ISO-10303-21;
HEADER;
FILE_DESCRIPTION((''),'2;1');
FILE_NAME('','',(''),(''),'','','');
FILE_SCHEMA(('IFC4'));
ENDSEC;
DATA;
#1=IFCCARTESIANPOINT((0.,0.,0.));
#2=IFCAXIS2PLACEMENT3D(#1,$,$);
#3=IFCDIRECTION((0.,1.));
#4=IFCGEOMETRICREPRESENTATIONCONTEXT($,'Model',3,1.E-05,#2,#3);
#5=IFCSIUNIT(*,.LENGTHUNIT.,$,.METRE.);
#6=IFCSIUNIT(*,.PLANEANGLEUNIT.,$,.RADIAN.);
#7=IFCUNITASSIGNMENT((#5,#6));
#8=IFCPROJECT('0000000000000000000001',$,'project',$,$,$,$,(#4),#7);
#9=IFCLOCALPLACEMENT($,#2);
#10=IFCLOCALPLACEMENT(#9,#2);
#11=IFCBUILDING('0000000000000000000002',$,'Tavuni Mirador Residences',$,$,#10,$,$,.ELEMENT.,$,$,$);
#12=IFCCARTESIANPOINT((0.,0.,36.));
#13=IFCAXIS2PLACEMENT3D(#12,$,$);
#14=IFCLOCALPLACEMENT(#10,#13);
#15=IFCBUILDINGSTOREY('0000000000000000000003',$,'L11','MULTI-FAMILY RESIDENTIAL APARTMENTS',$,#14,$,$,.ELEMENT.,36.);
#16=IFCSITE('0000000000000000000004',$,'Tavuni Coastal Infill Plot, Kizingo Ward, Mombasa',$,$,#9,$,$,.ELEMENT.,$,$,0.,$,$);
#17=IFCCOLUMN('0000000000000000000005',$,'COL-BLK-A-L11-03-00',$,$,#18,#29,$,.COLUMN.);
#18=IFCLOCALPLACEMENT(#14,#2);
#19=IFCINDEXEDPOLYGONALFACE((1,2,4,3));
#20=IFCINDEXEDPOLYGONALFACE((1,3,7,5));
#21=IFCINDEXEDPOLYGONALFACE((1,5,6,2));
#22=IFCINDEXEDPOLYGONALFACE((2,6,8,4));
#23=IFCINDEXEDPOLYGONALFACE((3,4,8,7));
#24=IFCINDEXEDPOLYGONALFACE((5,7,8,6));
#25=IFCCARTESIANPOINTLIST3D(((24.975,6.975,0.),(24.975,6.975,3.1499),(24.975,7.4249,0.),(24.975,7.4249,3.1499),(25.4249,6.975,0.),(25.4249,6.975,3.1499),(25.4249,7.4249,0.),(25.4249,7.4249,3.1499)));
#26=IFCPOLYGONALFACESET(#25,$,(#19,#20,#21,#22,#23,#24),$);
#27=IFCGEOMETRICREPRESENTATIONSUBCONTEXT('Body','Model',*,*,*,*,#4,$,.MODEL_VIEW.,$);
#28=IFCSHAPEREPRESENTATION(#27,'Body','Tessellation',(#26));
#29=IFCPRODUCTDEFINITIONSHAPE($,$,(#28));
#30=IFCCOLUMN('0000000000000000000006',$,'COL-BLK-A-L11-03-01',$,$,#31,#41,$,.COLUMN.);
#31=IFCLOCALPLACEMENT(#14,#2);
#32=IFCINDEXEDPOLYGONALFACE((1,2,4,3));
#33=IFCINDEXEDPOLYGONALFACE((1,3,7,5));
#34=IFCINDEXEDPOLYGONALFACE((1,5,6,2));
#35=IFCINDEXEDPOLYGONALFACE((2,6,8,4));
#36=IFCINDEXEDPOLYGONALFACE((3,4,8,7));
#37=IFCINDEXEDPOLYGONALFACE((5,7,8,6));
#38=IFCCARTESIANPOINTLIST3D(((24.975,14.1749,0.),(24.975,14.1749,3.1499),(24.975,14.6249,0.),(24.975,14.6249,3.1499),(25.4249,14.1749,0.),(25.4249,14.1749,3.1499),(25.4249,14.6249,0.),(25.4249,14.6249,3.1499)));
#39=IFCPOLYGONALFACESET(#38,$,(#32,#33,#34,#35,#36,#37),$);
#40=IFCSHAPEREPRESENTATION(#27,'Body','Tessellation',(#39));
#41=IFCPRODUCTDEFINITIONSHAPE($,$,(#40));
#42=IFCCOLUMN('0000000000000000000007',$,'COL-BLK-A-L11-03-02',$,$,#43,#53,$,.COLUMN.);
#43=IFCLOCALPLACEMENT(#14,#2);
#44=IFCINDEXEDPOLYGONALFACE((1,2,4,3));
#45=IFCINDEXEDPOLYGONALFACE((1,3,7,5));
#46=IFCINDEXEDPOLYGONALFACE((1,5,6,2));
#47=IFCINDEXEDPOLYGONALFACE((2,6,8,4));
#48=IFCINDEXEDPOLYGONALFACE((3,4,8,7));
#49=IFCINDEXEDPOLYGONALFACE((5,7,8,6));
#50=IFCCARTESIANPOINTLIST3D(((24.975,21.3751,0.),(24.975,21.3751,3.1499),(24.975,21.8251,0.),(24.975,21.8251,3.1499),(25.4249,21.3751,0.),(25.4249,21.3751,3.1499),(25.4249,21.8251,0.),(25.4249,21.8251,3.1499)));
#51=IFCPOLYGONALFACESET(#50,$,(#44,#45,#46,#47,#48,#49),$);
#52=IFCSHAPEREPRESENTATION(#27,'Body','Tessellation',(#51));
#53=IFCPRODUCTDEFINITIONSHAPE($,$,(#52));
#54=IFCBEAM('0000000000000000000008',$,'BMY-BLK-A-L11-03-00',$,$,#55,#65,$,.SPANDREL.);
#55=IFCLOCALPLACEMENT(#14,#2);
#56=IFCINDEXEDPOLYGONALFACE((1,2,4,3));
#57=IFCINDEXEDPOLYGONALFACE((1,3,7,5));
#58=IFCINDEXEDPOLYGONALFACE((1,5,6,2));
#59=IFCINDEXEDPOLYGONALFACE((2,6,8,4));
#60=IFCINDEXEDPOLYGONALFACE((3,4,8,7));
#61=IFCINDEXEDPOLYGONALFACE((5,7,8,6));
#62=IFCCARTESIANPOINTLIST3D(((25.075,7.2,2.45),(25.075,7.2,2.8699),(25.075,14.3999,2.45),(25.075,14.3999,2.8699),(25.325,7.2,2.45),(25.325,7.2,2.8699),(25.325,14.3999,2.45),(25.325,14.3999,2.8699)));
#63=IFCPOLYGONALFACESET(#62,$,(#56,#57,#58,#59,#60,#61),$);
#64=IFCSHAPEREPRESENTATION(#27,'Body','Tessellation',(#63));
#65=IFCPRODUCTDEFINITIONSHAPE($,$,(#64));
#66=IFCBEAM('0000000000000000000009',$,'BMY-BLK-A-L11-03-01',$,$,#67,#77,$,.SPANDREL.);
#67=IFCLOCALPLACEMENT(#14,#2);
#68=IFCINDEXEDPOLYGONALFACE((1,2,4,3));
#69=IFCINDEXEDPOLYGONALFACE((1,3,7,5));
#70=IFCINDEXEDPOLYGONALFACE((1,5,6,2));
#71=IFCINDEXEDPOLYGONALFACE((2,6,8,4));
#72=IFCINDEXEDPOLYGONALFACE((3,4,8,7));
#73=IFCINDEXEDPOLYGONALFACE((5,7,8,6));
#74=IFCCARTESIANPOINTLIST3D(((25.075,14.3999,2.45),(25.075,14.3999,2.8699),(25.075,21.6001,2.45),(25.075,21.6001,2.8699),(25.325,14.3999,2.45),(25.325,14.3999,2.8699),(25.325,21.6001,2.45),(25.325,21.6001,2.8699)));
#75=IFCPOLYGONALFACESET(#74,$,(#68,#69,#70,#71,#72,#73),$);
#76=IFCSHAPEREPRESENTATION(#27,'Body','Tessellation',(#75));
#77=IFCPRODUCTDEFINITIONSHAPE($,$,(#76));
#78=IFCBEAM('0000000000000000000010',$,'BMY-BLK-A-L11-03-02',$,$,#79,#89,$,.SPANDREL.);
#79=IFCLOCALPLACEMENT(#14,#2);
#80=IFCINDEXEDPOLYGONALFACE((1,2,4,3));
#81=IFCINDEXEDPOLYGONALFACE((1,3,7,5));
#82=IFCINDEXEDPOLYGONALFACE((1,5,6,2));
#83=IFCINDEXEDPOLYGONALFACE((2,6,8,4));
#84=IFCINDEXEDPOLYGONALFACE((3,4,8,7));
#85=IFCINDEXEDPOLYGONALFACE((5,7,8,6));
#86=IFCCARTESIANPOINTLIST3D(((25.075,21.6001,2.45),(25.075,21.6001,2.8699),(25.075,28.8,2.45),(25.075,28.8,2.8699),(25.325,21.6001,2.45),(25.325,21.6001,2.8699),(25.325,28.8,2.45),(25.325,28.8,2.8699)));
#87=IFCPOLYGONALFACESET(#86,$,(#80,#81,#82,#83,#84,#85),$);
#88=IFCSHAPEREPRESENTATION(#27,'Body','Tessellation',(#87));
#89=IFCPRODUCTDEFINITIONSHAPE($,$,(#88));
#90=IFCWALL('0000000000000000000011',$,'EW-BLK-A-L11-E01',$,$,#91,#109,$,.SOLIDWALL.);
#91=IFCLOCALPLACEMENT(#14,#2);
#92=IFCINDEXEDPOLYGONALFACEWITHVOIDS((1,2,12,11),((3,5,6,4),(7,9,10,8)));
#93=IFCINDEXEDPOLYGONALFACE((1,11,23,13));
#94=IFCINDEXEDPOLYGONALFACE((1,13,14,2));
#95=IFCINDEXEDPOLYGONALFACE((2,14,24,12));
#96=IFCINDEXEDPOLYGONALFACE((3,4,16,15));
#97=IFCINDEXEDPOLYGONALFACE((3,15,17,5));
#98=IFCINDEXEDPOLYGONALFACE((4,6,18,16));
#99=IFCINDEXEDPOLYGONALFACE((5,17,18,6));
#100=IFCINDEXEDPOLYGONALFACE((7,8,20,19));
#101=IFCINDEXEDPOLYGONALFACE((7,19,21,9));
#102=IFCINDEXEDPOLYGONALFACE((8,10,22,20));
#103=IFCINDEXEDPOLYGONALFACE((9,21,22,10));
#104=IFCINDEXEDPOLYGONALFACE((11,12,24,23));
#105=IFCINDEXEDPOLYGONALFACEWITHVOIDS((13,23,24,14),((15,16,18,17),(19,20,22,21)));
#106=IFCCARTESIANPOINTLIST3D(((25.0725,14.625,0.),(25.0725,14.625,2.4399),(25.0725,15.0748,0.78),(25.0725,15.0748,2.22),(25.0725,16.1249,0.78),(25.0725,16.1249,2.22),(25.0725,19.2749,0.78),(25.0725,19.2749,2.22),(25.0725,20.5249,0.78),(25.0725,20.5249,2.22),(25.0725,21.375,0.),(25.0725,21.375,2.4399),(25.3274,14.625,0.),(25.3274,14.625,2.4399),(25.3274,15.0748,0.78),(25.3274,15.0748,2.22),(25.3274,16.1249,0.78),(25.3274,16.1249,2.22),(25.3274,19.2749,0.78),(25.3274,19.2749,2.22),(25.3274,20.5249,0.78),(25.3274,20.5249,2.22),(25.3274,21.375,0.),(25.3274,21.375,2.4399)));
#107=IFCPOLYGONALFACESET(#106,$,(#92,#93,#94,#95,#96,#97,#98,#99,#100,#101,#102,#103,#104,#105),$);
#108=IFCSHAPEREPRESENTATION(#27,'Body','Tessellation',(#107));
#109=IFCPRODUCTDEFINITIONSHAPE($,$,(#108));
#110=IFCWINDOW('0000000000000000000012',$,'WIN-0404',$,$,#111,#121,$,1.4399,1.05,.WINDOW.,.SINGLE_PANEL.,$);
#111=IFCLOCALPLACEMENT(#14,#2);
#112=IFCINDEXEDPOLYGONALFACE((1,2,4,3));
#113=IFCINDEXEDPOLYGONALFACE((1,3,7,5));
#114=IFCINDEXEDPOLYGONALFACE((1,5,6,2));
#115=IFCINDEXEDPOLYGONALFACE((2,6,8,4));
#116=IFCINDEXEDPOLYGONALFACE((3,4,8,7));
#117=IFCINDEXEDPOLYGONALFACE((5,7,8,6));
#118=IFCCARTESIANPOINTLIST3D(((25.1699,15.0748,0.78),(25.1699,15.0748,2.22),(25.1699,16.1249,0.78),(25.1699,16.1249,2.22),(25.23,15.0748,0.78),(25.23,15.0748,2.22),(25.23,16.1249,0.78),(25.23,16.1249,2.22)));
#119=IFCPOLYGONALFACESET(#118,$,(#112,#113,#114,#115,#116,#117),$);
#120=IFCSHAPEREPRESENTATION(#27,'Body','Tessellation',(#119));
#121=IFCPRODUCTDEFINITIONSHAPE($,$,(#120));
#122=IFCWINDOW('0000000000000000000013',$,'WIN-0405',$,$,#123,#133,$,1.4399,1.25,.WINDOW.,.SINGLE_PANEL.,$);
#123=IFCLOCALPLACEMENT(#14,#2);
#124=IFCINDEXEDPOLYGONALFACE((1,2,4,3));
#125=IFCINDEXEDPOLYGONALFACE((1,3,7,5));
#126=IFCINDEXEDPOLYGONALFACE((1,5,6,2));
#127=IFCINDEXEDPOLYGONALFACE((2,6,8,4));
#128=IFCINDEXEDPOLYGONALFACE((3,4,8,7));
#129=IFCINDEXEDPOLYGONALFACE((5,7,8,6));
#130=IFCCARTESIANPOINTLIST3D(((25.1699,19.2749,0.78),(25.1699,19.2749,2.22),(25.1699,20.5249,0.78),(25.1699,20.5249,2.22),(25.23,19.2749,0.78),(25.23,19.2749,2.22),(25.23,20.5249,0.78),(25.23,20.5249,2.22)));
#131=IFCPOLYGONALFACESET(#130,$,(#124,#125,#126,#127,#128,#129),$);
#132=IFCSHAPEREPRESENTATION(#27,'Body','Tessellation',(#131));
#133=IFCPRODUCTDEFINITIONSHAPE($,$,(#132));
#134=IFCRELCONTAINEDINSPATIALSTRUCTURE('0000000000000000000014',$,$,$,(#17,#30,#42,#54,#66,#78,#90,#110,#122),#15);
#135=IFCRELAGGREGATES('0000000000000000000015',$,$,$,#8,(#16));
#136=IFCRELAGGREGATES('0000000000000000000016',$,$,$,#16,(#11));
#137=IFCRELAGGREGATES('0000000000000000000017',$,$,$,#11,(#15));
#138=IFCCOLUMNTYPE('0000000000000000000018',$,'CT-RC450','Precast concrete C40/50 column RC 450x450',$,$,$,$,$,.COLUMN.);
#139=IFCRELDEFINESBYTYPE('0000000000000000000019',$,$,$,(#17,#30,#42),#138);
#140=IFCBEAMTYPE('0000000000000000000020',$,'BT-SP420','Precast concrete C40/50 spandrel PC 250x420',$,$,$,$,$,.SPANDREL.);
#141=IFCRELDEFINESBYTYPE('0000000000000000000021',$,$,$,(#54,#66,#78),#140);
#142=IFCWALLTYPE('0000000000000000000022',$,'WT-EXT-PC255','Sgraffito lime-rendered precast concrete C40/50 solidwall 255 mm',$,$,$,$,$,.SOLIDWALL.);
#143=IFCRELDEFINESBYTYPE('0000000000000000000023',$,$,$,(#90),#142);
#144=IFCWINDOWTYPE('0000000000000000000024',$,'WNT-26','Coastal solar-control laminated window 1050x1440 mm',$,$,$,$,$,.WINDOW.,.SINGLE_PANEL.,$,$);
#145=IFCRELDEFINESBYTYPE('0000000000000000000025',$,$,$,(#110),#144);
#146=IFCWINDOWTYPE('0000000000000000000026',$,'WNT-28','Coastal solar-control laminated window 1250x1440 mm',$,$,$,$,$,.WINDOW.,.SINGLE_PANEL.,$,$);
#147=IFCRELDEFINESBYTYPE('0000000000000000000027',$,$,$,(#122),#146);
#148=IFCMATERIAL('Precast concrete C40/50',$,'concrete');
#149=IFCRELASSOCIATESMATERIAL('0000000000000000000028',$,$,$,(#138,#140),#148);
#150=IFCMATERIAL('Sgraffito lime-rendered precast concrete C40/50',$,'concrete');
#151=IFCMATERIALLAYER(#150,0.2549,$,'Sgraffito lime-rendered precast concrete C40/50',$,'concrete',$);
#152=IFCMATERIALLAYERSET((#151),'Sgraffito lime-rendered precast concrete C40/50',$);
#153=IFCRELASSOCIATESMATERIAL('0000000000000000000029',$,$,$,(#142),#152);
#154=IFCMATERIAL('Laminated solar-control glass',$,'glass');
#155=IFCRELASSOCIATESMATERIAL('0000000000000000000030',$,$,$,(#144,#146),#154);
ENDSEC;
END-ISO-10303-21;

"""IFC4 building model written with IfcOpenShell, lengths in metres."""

from ifc_helpers import new_model, si_unit, direction, frame, frame_2d, origin, origin_2d, place, context, subcontext, project, spatial, rectangle, extrude, material, layer, layer_set, material_profile, profile_set, type_object, element, fill, save


model = new_model("IFC4")

# Units and contexts
model_context = context("Model", 3, precision=1e-05, world=origin(), true_north=direction((0.0, 1.0)))
body_context = subcontext(model_context, "Body", "Model", "MODEL_VIEW")
ifc_project = project(units=[si_unit("LENGTHUNIT", "METRE"), si_unit("PLANEANGLEUNIT", "RADIAN")], contexts=[model_context])

# Site, building, storey
site_placement = place(None, origin())
site = spatial("IfcSite", under=ifc_project, at=site_placement, Name="Tavuni Coastal Infill Plot, Kizingo Ward, Mombasa", CompositionType="ELEMENT", RefElevation=0.0)
building_placement = place(site_placement, origin())
building = spatial("IfcBuilding", under=site, at=building_placement, Name="Tavuni Mirador Residences", CompositionType="ELEMENT")
storey_placement = place(building_placement, frame((0.0, 0.0, 36.0)))
storey = spatial("IfcBuildingStorey", under=building, at=storey_placement, Name="L11", Description="MULTI-FAMILY RESIDENTIAL APARTMENTS", CompositionType="ELEMENT", Elevation=36.0)

# Columns
ifc_material_1 = material(Name="Precast concrete C40/50", Category="concrete")
ifc_material_profile_1 = material_profile(ifc_material_1, rectangle(XDim=0.45, YDim=0.45, at=origin_2d()), Name="RC 450x450", Category="concrete")
ifc_profile_set_1 = profile_set([ifc_material_profile_1], Name="Precast concrete C40/50")
column_type = type_object("IfcColumnType", Name="CT-RC450", Description="Precast concrete C40/50 column RC 450x450", PredefinedType="COLUMN", material=ifc_profile_set_1)
for number, where, z_axis, x_axis, name in (
    (1, (25.2, 7.2, 0.0), (0.0, 0.0, 1.0), (1.0, 0.0, 0.0), "COL-BLK-A-L11-03-00"),
    (2, (25.2, 14.3999, 0.0), (0.0, 0.0, 1.0), (1.0, 0.0, 0.0), "COL-BLK-A-L11-03-01"),
    (3, (25.2, 21.6001, 0.0), (0.0, 0.0, 1.0), (1.0, 0.0, 0.0), "COL-BLK-A-L11-03-02"),
):
    element("IfcColumn", number, at=place(storey_placement, frame(where, z_axis=z_axis, x_axis=x_axis)), inside=storey, type_object=column_type, Name=name, PredefinedType="COLUMN", context=body_context, shape_type="SweptSolid", body=[
        extrude(rectangle(XDim=0.45, YDim=0.45, at=origin_2d()), origin(), (0.0, 0.0, 1.0), 3.1499),
    ])

# Beams
ifc_material_profile_2 = material_profile(ifc_material_1, rectangle(XDim=0.25, YDim=0.4199, at=origin_2d()), Name="PC 250x420", Category="concrete")
ifc_profile_set_2 = profile_set([ifc_material_profile_2], Name="Precast concrete C40/50")
beam_type = type_object("IfcBeamType", Name="BT-SP420", Description="Precast concrete C40/50 spandrel PC 250x420", PredefinedType="SPANDREL", material=ifc_profile_set_2)
beam_1_placement = place(storey_placement, frame((25.2, 7.2, 2.6599), z_axis=(0.0, 1.0, 0.0), x_axis=(-1.0, 0.0, 0.0)))
element("IfcBeam", 4, at=beam_1_placement, inside=storey, type_object=beam_type, Name="BMY-BLK-A-L11-03-00", PredefinedType="SPANDREL", context=body_context, shape_type="SweptSolid", body=[
    extrude(rectangle(XDim=0.25, YDim=0.4199, at=origin_2d()), origin(), (0.0, 0.0, 1.0), 7.2),
])
beam_2_placement = place(storey_placement, frame((25.2, 14.3999, 2.6599), z_axis=(0.0, 1.0, 0.0), x_axis=(-1.0, 0.0, 0.0)))
element("IfcBeam", 5, at=beam_2_placement, inside=storey, type_object=beam_type, Name="BMY-BLK-A-L11-03-01", PredefinedType="SPANDREL", context=body_context, shape_type="SweptSolid", body=[
    extrude(rectangle(XDim=0.25, YDim=0.4199, at=origin_2d()), origin(), (0.0, 0.0, 1.0), 7.2002),
])
beam_3_placement = place(storey_placement, frame((25.2, 21.6001, 2.6599), z_axis=(0.0, 1.0, 0.0), x_axis=(-1.0, 0.0, 0.0)))
element("IfcBeam", 6, at=beam_3_placement, inside=storey, type_object=beam_type, Name="BMY-BLK-A-L11-03-02", PredefinedType="SPANDREL", context=body_context, shape_type="SweptSolid", body=[
    extrude(rectangle(XDim=0.25, YDim=0.4199, at=origin_2d()), origin(), (0.0, 0.0, 1.0), 7.2),
])

# Shared definitions
ifc_material_2 = material(Name="Sgraffito lime-rendered precast concrete C40/50", Category="concrete")
ifc_material_3 = material(Name="Laminated solar-control glass", Category="glass")

# Wall, openings, windows
ifc_layer_1 = layer(ifc_material_2, 0.2549, Name="Sgraffito lime-rendered precast concrete C40/50", Category="concrete")
ifc_layer_set_1 = layer_set([ifc_layer_1], Name="Sgraffito lime-rendered precast concrete C40/50")
wall_type_1 = type_object("IfcWallType", Name="WT-EXT-PC255", Description="Sgraffito lime-rendered precast concrete C40/50 solidwall 255 mm", PredefinedType="SOLIDWALL", material=ifc_layer_set_1)
wall_1_placement = place(storey_placement, frame((25.2, 14.625, 0.0), z_axis=(0.0, 0.0, 1.0), x_axis=(0.0, 1.0, 0.0)))
wall_1 = element("IfcWall", 7, at=wall_1_placement, inside=storey, type_object=wall_type_1, Name="EW-BLK-A-L11-E01", PredefinedType="SOLIDWALL", context=body_context, shape_type="SweptSolid", body=[
    extrude(rectangle(XDim=6.75, YDim=0.2549, at=frame_2d((3.375, 0.0))), origin(), (0.0, 0.0, 1.0), 2.4399),
])
opening_1_placement = place(wall_1_placement, frame((0.45, 0.0, 0.78)))
opening_1 = element("IfcOpeningElement", 8, at=opening_1_placement, cuts=wall_1, PredefinedType="OPENING", context=body_context, shape_type="SweptSolid", body=[
    extrude(rectangle(XDim=1.05, YDim=1.4399, at=frame_2d((0.5249, 0.72))), frame((0.0, 0.1375, 0.0), z_axis=(0.0, -1.0, 0.0), x_axis=(1.0, 0.0, 0.0)), (0.0, 0.0, 1.0), 0.2749),
])
opening_2_placement = place(wall_1_placement, frame((4.6499, 0.0, 0.78)))
opening_2 = element("IfcOpeningElement", 9, at=opening_2_placement, cuts=wall_1, PredefinedType="OPENING", context=body_context, shape_type="SweptSolid", body=[
    extrude(rectangle(XDim=1.25, YDim=1.4399, at=frame_2d((0.625, 0.72))), frame((0.0, 0.1375, 0.0), z_axis=(0.0, -1.0, 0.0), x_axis=(1.0, 0.0, 0.0)), (0.0, 0.0, 1.0), 0.2749),
])
window_type_1 = type_object("IfcWindowType", Name="WNT-26", Description="Coastal solar-control laminated window 1050x1440 mm", PartitioningType="SINGLE_PANEL", PredefinedType="WINDOW", material=ifc_material_3)
window_1_placement = place(opening_1_placement, origin())
window_1 = element("IfcWindow", 10, at=window_1_placement, inside=storey, type_object=window_type_1, Name="WIN-0404", OverallHeight=1.4399, OverallWidth=1.05, PartitioningType="SINGLE_PANEL", PredefinedType="WINDOW", context=body_context, shape_type="SweptSolid", body=[
    extrude(rectangle(XDim=1.05, YDim=1.4399, at=frame_2d((0.5249, 0.72))), frame((0.0, 0.03, 0.0), z_axis=(0.0, -1.0, 0.0), x_axis=(1.0, 0.0, 0.0)), (0.0, 0.0, 1.0), 0.0601),
])
fill(opening_1, window_1)
window_type_2 = type_object("IfcWindowType", Name="WNT-28", Description="Coastal solar-control laminated window 1250x1440 mm", PartitioningType="SINGLE_PANEL", PredefinedType="WINDOW", material=ifc_material_3)
window_2_placement = place(opening_2_placement, origin())
window_2 = element("IfcWindow", 11, at=window_2_placement, inside=storey, type_object=window_type_2, Name="WIN-0405", OverallHeight=1.4399, OverallWidth=1.25, PartitioningType="SINGLE_PANEL", PredefinedType="WINDOW", context=body_context, shape_type="SweptSolid", body=[
    extrude(rectangle(XDim=1.25, YDim=1.4399, at=frame_2d((0.625, 0.72))), frame((0.0, 0.03, 0.0), z_axis=(0.0, -1.0, 0.0), x_axis=(1.0, 0.0, 0.0)), (0.0, 0.0, 1.0), 0.0601),
])
fill(opening_2, window_2)

save(model, "model.ifc")
